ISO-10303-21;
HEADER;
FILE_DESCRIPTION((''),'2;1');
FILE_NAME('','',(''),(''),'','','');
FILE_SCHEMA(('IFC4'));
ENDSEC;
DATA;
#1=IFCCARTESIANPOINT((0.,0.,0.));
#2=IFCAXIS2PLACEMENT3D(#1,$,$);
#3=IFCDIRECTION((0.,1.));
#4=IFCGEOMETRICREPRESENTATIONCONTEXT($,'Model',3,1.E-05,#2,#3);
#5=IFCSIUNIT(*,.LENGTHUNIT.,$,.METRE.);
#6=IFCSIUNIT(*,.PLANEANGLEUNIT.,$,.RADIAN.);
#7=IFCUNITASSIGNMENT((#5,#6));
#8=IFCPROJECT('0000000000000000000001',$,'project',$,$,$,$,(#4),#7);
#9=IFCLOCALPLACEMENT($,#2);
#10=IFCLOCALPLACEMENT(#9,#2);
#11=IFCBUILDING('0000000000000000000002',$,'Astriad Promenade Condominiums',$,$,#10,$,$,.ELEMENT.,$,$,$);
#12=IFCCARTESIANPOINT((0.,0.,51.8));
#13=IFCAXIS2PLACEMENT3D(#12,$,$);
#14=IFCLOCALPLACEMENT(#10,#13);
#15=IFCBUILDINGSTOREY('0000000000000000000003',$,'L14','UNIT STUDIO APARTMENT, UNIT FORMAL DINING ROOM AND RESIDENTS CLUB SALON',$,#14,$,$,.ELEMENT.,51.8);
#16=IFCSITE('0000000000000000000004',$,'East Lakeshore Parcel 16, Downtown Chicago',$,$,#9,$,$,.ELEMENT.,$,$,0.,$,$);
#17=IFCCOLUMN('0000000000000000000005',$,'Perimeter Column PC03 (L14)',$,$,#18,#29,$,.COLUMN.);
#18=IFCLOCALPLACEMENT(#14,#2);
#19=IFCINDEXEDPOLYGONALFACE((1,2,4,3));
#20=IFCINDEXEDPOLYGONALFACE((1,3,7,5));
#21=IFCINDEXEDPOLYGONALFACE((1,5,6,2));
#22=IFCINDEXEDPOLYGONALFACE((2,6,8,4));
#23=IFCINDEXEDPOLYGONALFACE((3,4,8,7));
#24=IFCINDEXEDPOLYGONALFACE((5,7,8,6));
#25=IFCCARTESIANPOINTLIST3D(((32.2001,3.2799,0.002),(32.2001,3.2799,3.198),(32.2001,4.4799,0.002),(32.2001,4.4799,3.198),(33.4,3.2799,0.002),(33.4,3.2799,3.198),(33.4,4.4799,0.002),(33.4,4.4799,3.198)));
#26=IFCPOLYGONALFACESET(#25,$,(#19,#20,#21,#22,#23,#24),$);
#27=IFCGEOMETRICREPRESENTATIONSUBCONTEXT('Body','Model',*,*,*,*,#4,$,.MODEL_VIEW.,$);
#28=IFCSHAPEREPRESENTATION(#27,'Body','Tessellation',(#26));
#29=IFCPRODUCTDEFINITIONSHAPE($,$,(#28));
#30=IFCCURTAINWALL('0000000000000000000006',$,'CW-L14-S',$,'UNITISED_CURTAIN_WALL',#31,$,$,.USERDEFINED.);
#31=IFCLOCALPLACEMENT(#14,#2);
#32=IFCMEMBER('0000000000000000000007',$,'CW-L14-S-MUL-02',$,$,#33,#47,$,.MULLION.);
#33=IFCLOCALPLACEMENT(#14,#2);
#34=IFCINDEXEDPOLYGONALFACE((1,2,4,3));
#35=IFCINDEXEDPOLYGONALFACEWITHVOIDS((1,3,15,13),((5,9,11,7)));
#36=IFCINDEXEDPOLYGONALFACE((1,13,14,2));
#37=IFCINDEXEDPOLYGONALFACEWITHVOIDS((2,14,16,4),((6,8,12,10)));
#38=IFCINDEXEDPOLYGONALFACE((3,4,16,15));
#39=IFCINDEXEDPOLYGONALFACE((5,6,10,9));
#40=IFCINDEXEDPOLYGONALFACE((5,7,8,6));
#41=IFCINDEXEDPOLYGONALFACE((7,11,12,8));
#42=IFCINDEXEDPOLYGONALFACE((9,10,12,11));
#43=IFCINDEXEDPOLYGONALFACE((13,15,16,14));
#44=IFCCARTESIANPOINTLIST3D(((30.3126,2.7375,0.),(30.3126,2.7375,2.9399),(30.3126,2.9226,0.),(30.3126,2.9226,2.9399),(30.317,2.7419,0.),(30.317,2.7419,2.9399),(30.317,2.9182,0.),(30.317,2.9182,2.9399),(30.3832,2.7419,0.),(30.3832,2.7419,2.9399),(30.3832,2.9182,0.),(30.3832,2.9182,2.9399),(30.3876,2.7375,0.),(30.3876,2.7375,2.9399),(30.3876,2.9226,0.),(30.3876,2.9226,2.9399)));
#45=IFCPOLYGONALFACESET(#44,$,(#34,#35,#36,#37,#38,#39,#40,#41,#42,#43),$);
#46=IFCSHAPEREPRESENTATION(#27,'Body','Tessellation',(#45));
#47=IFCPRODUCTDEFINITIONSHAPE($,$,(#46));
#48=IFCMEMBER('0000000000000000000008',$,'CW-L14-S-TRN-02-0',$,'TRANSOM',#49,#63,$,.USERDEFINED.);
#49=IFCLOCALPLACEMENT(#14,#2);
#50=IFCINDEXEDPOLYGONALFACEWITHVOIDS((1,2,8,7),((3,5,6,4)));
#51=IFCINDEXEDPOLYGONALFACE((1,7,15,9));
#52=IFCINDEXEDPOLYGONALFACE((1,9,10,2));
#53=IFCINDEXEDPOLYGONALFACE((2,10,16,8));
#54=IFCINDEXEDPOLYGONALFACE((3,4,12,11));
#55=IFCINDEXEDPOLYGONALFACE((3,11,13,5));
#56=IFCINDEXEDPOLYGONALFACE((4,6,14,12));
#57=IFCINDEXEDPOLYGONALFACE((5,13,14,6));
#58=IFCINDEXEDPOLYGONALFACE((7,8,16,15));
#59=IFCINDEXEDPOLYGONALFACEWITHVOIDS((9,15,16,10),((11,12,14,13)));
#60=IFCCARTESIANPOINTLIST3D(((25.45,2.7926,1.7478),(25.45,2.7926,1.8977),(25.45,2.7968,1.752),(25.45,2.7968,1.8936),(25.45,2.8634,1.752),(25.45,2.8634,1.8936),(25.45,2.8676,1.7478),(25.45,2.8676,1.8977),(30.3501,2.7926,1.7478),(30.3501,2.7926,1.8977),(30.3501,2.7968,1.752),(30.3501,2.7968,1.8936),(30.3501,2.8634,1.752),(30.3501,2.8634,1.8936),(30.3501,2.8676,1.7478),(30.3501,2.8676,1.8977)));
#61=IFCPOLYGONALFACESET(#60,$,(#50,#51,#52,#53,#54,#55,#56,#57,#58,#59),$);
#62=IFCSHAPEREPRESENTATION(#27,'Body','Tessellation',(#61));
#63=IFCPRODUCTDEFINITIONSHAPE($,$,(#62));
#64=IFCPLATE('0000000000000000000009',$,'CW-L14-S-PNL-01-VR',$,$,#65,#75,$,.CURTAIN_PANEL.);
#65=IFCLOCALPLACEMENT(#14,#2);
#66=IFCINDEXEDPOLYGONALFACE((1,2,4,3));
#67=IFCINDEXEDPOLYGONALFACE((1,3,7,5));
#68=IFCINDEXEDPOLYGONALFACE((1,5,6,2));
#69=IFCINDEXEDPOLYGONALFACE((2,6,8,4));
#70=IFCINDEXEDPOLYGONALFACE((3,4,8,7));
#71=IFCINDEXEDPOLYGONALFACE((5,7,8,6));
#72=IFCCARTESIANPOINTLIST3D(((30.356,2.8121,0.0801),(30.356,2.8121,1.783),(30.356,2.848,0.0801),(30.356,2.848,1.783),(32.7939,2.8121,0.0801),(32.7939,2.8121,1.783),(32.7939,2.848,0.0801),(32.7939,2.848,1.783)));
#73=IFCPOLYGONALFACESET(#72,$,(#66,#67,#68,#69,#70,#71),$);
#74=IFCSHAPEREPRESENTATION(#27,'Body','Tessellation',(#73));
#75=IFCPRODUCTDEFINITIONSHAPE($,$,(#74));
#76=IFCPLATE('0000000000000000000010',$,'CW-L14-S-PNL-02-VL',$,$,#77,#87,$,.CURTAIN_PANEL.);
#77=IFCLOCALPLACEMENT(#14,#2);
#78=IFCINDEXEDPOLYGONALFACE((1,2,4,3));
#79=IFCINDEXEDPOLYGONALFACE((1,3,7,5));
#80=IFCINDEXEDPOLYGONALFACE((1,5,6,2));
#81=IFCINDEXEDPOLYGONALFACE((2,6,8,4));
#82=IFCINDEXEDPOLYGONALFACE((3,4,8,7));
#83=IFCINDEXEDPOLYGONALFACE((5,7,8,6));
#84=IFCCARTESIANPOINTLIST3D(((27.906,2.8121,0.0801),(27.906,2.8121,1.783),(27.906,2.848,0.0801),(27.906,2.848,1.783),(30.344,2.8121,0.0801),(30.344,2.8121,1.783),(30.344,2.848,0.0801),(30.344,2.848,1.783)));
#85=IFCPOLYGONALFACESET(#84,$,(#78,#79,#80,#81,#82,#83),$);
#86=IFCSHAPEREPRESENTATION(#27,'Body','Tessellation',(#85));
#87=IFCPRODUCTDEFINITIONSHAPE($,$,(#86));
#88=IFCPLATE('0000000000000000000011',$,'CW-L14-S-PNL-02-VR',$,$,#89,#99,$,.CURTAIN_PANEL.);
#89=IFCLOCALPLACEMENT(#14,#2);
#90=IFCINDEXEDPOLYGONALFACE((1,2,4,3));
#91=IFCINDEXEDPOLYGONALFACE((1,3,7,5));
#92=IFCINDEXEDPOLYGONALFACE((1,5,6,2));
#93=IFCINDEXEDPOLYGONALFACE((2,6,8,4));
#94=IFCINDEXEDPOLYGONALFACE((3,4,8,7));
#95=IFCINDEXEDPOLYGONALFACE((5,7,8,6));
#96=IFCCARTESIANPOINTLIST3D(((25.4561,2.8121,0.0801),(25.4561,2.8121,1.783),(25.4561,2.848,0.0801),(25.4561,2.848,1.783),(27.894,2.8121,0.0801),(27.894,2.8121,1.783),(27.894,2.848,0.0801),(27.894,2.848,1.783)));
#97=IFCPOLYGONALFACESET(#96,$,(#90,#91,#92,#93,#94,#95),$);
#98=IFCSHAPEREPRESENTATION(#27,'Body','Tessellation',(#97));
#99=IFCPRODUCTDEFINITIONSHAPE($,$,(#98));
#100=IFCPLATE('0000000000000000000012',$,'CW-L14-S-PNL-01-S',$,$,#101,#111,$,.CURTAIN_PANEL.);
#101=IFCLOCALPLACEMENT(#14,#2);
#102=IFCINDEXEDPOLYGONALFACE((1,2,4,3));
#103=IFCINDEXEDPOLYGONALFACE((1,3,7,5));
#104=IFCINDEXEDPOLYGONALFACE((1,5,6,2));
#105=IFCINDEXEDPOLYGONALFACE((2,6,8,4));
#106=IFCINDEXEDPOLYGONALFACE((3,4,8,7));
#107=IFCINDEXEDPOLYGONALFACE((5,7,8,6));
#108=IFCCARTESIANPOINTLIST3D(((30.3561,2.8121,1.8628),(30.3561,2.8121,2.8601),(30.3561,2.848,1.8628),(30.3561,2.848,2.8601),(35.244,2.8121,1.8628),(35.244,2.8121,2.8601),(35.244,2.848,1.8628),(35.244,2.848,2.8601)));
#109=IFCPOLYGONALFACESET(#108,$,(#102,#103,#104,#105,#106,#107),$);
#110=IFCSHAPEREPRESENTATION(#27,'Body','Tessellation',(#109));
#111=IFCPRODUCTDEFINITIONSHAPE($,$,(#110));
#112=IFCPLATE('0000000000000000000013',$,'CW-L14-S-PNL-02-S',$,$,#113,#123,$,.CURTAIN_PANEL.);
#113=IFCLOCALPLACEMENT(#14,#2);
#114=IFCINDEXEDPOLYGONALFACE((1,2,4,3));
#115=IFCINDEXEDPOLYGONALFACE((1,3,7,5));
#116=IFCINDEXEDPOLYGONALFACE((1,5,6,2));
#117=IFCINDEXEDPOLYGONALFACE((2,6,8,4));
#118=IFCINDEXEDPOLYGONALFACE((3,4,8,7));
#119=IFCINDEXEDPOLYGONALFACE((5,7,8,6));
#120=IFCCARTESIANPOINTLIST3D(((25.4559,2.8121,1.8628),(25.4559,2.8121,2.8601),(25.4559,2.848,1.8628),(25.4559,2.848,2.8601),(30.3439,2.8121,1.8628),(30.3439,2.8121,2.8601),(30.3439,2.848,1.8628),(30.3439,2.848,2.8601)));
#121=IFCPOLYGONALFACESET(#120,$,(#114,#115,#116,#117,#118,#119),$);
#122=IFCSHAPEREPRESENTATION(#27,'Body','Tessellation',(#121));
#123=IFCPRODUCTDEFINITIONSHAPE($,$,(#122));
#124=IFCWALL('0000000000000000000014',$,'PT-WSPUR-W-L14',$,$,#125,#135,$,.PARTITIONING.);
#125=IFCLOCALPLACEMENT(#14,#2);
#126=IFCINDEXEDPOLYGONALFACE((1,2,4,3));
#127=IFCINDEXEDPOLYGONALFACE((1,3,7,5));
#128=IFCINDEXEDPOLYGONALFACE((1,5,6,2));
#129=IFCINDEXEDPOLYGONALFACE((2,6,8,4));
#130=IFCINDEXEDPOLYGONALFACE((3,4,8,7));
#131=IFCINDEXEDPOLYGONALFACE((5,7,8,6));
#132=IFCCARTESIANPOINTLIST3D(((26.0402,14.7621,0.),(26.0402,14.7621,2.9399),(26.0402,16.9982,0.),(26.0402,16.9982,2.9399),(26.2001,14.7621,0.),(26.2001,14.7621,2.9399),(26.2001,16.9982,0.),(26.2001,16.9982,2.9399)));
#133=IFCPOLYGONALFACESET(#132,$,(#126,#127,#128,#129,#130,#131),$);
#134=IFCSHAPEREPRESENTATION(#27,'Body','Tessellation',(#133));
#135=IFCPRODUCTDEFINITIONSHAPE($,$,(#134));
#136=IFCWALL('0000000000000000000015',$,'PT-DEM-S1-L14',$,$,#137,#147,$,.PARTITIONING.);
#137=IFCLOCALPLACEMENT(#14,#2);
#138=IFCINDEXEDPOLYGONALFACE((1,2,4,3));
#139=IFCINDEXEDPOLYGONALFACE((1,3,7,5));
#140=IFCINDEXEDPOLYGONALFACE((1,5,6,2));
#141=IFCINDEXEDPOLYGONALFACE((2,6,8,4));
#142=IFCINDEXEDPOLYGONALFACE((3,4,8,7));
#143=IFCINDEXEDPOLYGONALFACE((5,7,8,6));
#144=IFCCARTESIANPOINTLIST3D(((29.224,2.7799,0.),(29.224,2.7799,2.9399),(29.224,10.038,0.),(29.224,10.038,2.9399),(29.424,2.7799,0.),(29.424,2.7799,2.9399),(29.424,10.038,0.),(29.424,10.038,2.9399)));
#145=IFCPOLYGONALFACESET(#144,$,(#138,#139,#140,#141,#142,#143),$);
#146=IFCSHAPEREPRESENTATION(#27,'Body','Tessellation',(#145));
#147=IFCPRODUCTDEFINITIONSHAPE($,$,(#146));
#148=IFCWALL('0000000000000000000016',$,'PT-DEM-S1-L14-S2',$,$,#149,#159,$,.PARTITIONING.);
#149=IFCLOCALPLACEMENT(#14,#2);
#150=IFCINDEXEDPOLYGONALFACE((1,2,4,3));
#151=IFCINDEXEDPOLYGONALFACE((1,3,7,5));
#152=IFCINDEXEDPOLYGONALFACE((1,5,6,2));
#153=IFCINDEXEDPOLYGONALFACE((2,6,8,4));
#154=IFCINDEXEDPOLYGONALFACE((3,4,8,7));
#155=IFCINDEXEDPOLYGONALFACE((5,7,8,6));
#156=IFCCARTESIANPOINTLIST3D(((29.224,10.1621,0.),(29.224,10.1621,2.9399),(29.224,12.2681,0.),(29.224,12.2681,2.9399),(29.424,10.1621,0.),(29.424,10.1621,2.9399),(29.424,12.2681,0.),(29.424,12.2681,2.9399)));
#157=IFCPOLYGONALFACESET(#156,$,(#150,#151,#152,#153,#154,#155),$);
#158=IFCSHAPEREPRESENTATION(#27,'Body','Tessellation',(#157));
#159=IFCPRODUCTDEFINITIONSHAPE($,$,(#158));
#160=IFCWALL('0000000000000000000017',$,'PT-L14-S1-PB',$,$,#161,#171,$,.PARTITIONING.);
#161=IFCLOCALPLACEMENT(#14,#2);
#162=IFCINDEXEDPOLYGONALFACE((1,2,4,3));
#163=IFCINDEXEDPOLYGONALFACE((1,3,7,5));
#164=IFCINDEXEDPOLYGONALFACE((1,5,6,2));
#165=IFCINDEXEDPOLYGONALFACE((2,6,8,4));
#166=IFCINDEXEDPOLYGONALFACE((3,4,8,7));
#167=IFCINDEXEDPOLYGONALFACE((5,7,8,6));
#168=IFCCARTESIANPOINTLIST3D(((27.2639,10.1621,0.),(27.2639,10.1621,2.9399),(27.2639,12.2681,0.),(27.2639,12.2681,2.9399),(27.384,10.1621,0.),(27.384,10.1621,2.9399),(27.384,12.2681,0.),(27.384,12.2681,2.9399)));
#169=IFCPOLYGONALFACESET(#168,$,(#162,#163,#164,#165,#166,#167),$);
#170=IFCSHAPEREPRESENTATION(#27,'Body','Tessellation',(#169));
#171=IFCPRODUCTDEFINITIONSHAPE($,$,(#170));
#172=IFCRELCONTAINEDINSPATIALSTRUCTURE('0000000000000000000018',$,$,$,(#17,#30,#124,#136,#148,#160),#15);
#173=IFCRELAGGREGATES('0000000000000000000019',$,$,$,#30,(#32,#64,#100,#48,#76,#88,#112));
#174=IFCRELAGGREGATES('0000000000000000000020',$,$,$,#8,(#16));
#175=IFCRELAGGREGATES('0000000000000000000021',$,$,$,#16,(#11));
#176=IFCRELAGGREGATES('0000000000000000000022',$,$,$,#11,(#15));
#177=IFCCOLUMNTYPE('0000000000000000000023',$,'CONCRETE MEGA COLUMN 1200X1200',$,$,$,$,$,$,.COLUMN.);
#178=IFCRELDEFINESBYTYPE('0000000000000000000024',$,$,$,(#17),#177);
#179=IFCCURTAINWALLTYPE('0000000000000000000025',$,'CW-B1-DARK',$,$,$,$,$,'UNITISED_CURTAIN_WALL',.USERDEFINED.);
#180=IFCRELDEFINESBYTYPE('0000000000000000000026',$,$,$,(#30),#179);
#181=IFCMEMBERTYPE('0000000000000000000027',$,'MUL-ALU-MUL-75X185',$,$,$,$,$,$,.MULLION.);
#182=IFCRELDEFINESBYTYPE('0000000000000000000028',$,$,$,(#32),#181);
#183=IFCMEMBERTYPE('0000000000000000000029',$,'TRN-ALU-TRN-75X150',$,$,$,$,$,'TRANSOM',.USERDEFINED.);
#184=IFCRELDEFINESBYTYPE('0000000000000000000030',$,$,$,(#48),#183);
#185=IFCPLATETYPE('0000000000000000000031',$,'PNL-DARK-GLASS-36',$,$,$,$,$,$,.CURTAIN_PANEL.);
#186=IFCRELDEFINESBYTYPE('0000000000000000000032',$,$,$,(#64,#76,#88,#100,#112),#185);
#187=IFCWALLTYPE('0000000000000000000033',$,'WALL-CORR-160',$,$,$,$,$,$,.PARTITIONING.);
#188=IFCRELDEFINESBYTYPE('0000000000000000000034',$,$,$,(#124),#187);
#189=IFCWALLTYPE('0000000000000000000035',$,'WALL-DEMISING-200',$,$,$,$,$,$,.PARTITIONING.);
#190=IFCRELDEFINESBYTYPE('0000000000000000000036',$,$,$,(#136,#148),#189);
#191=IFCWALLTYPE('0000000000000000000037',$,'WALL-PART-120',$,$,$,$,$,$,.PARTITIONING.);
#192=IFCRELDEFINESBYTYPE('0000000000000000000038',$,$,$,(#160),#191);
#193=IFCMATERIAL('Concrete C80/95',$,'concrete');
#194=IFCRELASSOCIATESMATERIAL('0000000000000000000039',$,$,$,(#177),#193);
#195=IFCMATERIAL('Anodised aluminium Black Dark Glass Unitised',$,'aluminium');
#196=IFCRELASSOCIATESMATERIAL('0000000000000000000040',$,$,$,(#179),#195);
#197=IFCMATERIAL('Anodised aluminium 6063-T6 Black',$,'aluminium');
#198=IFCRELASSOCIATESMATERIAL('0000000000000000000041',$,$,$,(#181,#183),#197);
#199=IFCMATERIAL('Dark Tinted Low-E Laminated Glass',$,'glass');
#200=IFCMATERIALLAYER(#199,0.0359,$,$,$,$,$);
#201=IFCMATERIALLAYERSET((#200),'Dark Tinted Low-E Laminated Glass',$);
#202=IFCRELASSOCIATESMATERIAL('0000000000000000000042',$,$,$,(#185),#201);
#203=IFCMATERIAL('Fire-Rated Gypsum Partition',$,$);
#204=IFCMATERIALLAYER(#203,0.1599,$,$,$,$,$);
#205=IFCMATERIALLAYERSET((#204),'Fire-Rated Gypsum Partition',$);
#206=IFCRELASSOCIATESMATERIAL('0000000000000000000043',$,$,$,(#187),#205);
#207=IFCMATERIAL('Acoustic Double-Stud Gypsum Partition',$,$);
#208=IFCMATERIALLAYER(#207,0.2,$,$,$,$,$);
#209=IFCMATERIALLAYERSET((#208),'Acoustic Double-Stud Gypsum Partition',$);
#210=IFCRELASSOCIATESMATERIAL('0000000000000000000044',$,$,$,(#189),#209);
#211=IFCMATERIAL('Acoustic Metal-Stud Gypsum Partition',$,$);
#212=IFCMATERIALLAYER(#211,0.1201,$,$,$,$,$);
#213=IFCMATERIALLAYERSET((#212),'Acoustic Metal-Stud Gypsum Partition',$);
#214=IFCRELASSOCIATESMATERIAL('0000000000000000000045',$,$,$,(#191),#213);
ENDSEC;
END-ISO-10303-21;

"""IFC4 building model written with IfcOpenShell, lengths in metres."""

from ifc_helpers import new_model, si_unit, direction, frame, frame_2d, origin, origin_2d, place, context, subcontext, project, spatial, rectangle, hollow_rectangle, extrude, source, transform, mapped, material, layer, layer_set, material_profile, profile_set, type_object, type_shapes, element, aggregate, save


model = new_model("IFC4")

# Units and contexts
model_context = context("Model", 3, precision=1e-05, world=origin(), true_north=direction((0.0, 1.0)))
body_context = subcontext(model_context, "Body", "Model", "MODEL_VIEW")
ifc_project = project(units=[si_unit("LENGTHUNIT", "METRE"), si_unit("PLANEANGLEUNIT", "RADIAN")], contexts=[model_context])

# Site, building, storey
site_placement = place(None, origin())
site = spatial("IfcSite", under=ifc_project, at=site_placement, Name="East Lakeshore Parcel 16, Downtown Chicago", CompositionType="ELEMENT", RefElevation=0.0)
building_placement = place(site_placement, origin())
building = spatial("IfcBuilding", under=site, at=building_placement, Name="Astriad Promenade Condominiums", CompositionType="ELEMENT")
storey_placement = place(building_placement, frame((0.0, 0.0, 51.8)))
storey = spatial("IfcBuildingStorey", under=building, at=storey_placement, Name="L14", Description="UNIT STUDIO APARTMENT, UNIT FORMAL DINING ROOM AND RESIDENTS CLUB SALON", CompositionType="ELEMENT", Elevation=51.8)

# Column
ifc_material_1 = material(Name="Concrete C80/95", Category="concrete")
ifc_material_profile_1 = material_profile(ifc_material_1, rectangle(XDim=1.2, YDim=1.2, at=origin_2d()), Name="RC-COL-1200X1200")
ifc_profile_set_1 = profile_set([ifc_material_profile_1], Name="Concrete C80/95")
column_type = type_object("IfcColumnType", Name="CONCRETE MEGA COLUMN 1200X1200", PredefinedType="COLUMN", material=ifc_profile_set_1)
shared_shape_1 = source(origin(), body_context, "Body", "SweptSolid", [
    extrude(rectangle(XDim=1.2, YDim=1.2, at=origin_2d()), origin(), (0.0, 0.0, 1.0), 3.196),
])
type_shapes(column_type, [shared_shape_1])
column_placement = place(storey_placement, frame((32.8, 3.8799, 0.002), z_axis=(0.0, 0.0, 1.0), x_axis=(1.0, 0.0, 0.0)))
element("IfcColumn", 1, at=column_placement, inside=storey, type_object=column_type, Name="Perimeter Column PC03 (L14)", PredefinedType="COLUMN", context=body_context, shape_type="MappedRepresentation", body=[
    mapped(shared_shape_1, transform((0.0, 0.0, 0.0), scale=1.0)),
])

# Curtain wall, members, plates
ifc_material_2 = material(Name="Anodised aluminium Black Dark Glass Unitised", Category="aluminium")
curtain_wall_type = type_object("IfcCurtainWallType", Name="CW-B1-DARK", ElementType="UNITISED_CURTAIN_WALL", PredefinedType="USERDEFINED", material=ifc_material_2)
curtain_wall_placement = place(storey_placement, origin())
curtain_wall = element("IfcCurtainWall", 2, at=curtain_wall_placement, inside=storey, type_object=curtain_wall_type, Name="CW-L14-S", ObjectType="UNITISED_CURTAIN_WALL", PredefinedType="USERDEFINED")
ifc_material_3 = material(Name="Anodised aluminium 6063-T6 Black", Category="aluminium")
ifc_material_profile_2 = material_profile(ifc_material_3, hollow_rectangle(XDim=0.075, YDim=0.1851, WallThickness=0.0044, at=origin_2d()), Name="ALU-MUL-75X185")
ifc_profile_set_2 = profile_set([ifc_material_profile_2], Name="Anodised aluminium 6063-T6 Black")
member_type_1 = type_object("IfcMemberType", Name="MUL-ALU-MUL-75X185", PredefinedType="MULLION", material=ifc_profile_set_2)
shared_shape_2 = source(origin(), body_context, "Body", "SweptSolid", [
    extrude(hollow_rectangle(XDim=0.075, YDim=0.1851, WallThickness=0.0044, at=origin_2d()), origin(), (0.0, 0.0, 1.0), 2.9399),
])
type_shapes(member_type_1, [shared_shape_2])
member_1_placement = place(storey_placement, frame((30.3501, 2.8301, 0.0), z_axis=(0.0, 0.0, 1.0), x_axis=(1.0, 0.0, 0.0)))
member_1 = element("IfcMember", 3, at=member_1_placement, type_object=member_type_1, Name="CW-L14-S-MUL-02", PredefinedType="MULLION", context=body_context, shape_type="MappedRepresentation", body=[
    mapped(shared_shape_2, transform((0.0, 0.0, 0.0), scale=1.0)),
])
ifc_material_profile_3 = material_profile(ifc_material_3, hollow_rectangle(XDim=0.075, YDim=0.1499, WallThickness=0.0042, at=origin_2d()), Name="ALU-TRN-75X150")
ifc_profile_set_3 = profile_set([ifc_material_profile_3], Name="Anodised aluminium 6063-T6 Black")
member_type_2 = type_object("IfcMemberType", Name="TRN-ALU-TRN-75X150", ElementType="TRANSOM", PredefinedType="USERDEFINED", material=ifc_profile_set_3)
shared_shape_3 = source(origin(), body_context, "Body", "SweptSolid", [
    extrude(hollow_rectangle(XDim=0.075, YDim=0.1499, WallThickness=0.0042, at=origin_2d()), origin(), (0.0, 0.0, 1.0), 4.9001),
])
type_shapes(member_type_2, [shared_shape_3])
member_2_placement = place(storey_placement, frame((30.3501, 2.8301, 1.8228), z_axis=(-1.0, 0.0, 0.0), x_axis=(0.0, -1.0, 0.0)))
member_2 = element("IfcMember", 4, at=member_2_placement, type_object=member_type_2, Name="CW-L14-S-TRN-02-0", ObjectType="TRANSOM", PredefinedType="USERDEFINED", context=body_context, shape_type="MappedRepresentation", body=[
    mapped(shared_shape_3, transform((0.0, 0.0, 0.0), scale=1.0)),
])
ifc_material_4 = material(Name="Dark Tinted Low-E Laminated Glass", Category="glass")
ifc_layer_1 = layer(ifc_material_4, 0.0359)
ifc_layer_set_1 = layer_set([ifc_layer_1], Name="Dark Tinted Low-E Laminated Glass")
plate_type = type_object("IfcPlateType", Name="PNL-DARK-GLASS-36", PredefinedType="CURTAIN_PANEL", material=ifc_layer_set_1)
shared_shape_4 = source(origin(), body_context, "Body", "SweptSolid", [
    extrude(rectangle(XDim=2.438, YDim=0.0359, at=origin_2d()), origin(), (0.0, 0.0, 1.0), 1.7029),
])
plate_1_placement = place(storey_placement, frame((31.575, 2.8301, 0.0801), z_axis=(0.0, 0.0, 1.0), x_axis=(-1.0, 0.0, 0.0)))
plate_1 = element("IfcPlate", 5, at=plate_1_placement, type_object=plate_type, Name="CW-L14-S-PNL-01-VR", PredefinedType="CURTAIN_PANEL", context=body_context, shape_type="MappedRepresentation", body=[
    mapped(shared_shape_4, transform((0.0, 0.0, 0.0), scale=1.0)),
])
plate_2_placement = place(storey_placement, frame((29.125, 2.8301, 0.0801), z_axis=(0.0, 0.0, 1.0), x_axis=(-1.0, 0.0, 0.0)))
plate_2 = element("IfcPlate", 6, at=plate_2_placement, type_object=plate_type, Name="CW-L14-S-PNL-02-VL", PredefinedType="CURTAIN_PANEL", context=body_context, shape_type="MappedRepresentation", body=[
    mapped(shared_shape_4, transform((0.0, 0.0, 0.0), scale=1.0)),
])
plate_3_placement = place(storey_placement, frame((26.675, 2.8301, 0.0801), z_axis=(0.0, 0.0, 1.0), x_axis=(-1.0, 0.0, 0.0)))
plate_3 = element("IfcPlate", 7, at=plate_3_placement, type_object=plate_type, Name="CW-L14-S-PNL-02-VR", PredefinedType="CURTAIN_PANEL", context=body_context, shape_type="MappedRepresentation", body=[
    mapped(shared_shape_4, transform((0.0, 0.0, 0.0), scale=1.0)),
])
shared_shape_5 = source(origin(), body_context, "Body", "SweptSolid", [
    extrude(rectangle(XDim=4.8879, YDim=0.0359, at=origin_2d()), origin(), (0.0, 0.0, 1.0), 0.9973),
])
type_shapes(plate_type, [shared_shape_4, shared_shape_5])
plate_4_placement = place(storey_placement, frame((32.8, 2.8301, 1.8628), z_axis=(0.0, 0.0, 1.0), x_axis=(-1.0, 0.0, 0.0)))
plate_4 = element("IfcPlate", 8, at=plate_4_placement, type_object=plate_type, Name="CW-L14-S-PNL-01-S", PredefinedType="CURTAIN_PANEL", context=body_context, shape_type="MappedRepresentation", body=[
    mapped(shared_shape_5, transform((0.0, 0.0, 0.0), scale=1.0)),
])
plate_5_placement = place(storey_placement, frame((27.8999, 2.8301, 1.8628), z_axis=(0.0, 0.0, 1.0), x_axis=(-1.0, 0.0, 0.0)))
plate_5 = element("IfcPlate", 9, at=plate_5_placement, type_object=plate_type, Name="CW-L14-S-PNL-02-S", PredefinedType="CURTAIN_PANEL", context=body_context, shape_type="MappedRepresentation", body=[
    mapped(shared_shape_5, transform((0.0, 0.0, 0.0), scale=1.0)),
])
aggregate(curtain_wall, [member_1, plate_1, plate_4, member_2, plate_2, plate_3, plate_5])

# Walls
ifc_material_5 = material(Name="Fire-Rated Gypsum Partition")
ifc_layer_2 = layer(ifc_material_5, 0.1599)
ifc_layer_set_2 = layer_set([ifc_layer_2], Name="Fire-Rated Gypsum Partition")
wall_type_1 = type_object("IfcWallType", Name="WALL-CORR-160", PredefinedType="PARTITIONING", material=ifc_layer_set_2)
wall_1_placement = place(storey_placement, frame((26.1201, 14.762, 0.0), z_axis=(0.0, 0.0, 1.0), x_axis=(0.0, 1.0, 0.0)))
element("IfcWall", 10, at=wall_1_placement, inside=storey, type_object=wall_type_1, Name="PT-WSPUR-W-L14", PredefinedType="PARTITIONING", context=body_context, shape_type="SweptSolid", body=[
    extrude(rectangle(XDim=2.2361, YDim=0.1599, at=frame_2d((1.1182, 0.0))), origin(), (0.0, 0.0, 1.0), 2.9399),
])
ifc_material_6 = material(Name="Acoustic Double-Stud Gypsum Partition")
ifc_layer_3 = layer(ifc_material_6, 0.2)
ifc_layer_set_3 = layer_set([ifc_layer_3], Name="Acoustic Double-Stud Gypsum Partition")
wall_type_2 = type_object("IfcWallType", Name="WALL-DEMISING-200", PredefinedType="PARTITIONING", material=ifc_layer_set_3)
wall_2_placement = place(storey_placement, frame((29.324, 2.78, 0.0), z_axis=(0.0, 0.0, 1.0), x_axis=(0.0, 1.0, 0.0)))
element("IfcWall", 11, at=wall_2_placement, inside=storey, type_object=wall_type_2, Name="PT-DEM-S1-L14", PredefinedType="PARTITIONING", context=body_context, shape_type="SweptSolid", body=[
    extrude(rectangle(XDim=7.2581, YDim=0.2, at=frame_2d((3.6289, 0.0))), origin(), (0.0, 0.0, 1.0), 2.9399),
])
wall_3_placement = place(storey_placement, frame((29.324, 10.1621, 0.0), z_axis=(0.0, 0.0, 1.0), x_axis=(0.0, 1.0, 0.0)))
element("IfcWall", 12, at=wall_3_placement, inside=storey, type_object=wall_type_2, Name="PT-DEM-S1-L14-S2", PredefinedType="PARTITIONING", context=body_context, shape_type="SweptSolid", body=[
    extrude(rectangle(XDim=2.106, YDim=0.2, at=frame_2d((1.053, 0.0))), origin(), (0.0, 0.0, 1.0), 2.9399),
])
ifc_material_7 = material(Name="Acoustic Metal-Stud Gypsum Partition")
ifc_layer_4 = layer(ifc_material_7, 0.1201)
ifc_layer_set_4 = layer_set([ifc_layer_4], Name="Acoustic Metal-Stud Gypsum Partition")
wall_type_3 = type_object("IfcWallType", Name="WALL-PART-120", PredefinedType="PARTITIONING", material=ifc_layer_set_4)
wall_4_placement = place(storey_placement, frame((27.324, 10.1621, 0.0), z_axis=(0.0, 0.0, 1.0), x_axis=(0.0, 1.0, 0.0)))
element("IfcWall", 13, at=wall_4_placement, inside=storey, type_object=wall_type_3, Name="PT-L14-S1-PB", PredefinedType="PARTITIONING", context=body_context, shape_type="SweptSolid", body=[
    extrude(rectangle(XDim=2.106, YDim=0.1201, at=frame_2d((1.053, 0.0))), origin(), (0.0, 0.0, 1.0), 2.9399),
])

save(model, "model.ifc")
